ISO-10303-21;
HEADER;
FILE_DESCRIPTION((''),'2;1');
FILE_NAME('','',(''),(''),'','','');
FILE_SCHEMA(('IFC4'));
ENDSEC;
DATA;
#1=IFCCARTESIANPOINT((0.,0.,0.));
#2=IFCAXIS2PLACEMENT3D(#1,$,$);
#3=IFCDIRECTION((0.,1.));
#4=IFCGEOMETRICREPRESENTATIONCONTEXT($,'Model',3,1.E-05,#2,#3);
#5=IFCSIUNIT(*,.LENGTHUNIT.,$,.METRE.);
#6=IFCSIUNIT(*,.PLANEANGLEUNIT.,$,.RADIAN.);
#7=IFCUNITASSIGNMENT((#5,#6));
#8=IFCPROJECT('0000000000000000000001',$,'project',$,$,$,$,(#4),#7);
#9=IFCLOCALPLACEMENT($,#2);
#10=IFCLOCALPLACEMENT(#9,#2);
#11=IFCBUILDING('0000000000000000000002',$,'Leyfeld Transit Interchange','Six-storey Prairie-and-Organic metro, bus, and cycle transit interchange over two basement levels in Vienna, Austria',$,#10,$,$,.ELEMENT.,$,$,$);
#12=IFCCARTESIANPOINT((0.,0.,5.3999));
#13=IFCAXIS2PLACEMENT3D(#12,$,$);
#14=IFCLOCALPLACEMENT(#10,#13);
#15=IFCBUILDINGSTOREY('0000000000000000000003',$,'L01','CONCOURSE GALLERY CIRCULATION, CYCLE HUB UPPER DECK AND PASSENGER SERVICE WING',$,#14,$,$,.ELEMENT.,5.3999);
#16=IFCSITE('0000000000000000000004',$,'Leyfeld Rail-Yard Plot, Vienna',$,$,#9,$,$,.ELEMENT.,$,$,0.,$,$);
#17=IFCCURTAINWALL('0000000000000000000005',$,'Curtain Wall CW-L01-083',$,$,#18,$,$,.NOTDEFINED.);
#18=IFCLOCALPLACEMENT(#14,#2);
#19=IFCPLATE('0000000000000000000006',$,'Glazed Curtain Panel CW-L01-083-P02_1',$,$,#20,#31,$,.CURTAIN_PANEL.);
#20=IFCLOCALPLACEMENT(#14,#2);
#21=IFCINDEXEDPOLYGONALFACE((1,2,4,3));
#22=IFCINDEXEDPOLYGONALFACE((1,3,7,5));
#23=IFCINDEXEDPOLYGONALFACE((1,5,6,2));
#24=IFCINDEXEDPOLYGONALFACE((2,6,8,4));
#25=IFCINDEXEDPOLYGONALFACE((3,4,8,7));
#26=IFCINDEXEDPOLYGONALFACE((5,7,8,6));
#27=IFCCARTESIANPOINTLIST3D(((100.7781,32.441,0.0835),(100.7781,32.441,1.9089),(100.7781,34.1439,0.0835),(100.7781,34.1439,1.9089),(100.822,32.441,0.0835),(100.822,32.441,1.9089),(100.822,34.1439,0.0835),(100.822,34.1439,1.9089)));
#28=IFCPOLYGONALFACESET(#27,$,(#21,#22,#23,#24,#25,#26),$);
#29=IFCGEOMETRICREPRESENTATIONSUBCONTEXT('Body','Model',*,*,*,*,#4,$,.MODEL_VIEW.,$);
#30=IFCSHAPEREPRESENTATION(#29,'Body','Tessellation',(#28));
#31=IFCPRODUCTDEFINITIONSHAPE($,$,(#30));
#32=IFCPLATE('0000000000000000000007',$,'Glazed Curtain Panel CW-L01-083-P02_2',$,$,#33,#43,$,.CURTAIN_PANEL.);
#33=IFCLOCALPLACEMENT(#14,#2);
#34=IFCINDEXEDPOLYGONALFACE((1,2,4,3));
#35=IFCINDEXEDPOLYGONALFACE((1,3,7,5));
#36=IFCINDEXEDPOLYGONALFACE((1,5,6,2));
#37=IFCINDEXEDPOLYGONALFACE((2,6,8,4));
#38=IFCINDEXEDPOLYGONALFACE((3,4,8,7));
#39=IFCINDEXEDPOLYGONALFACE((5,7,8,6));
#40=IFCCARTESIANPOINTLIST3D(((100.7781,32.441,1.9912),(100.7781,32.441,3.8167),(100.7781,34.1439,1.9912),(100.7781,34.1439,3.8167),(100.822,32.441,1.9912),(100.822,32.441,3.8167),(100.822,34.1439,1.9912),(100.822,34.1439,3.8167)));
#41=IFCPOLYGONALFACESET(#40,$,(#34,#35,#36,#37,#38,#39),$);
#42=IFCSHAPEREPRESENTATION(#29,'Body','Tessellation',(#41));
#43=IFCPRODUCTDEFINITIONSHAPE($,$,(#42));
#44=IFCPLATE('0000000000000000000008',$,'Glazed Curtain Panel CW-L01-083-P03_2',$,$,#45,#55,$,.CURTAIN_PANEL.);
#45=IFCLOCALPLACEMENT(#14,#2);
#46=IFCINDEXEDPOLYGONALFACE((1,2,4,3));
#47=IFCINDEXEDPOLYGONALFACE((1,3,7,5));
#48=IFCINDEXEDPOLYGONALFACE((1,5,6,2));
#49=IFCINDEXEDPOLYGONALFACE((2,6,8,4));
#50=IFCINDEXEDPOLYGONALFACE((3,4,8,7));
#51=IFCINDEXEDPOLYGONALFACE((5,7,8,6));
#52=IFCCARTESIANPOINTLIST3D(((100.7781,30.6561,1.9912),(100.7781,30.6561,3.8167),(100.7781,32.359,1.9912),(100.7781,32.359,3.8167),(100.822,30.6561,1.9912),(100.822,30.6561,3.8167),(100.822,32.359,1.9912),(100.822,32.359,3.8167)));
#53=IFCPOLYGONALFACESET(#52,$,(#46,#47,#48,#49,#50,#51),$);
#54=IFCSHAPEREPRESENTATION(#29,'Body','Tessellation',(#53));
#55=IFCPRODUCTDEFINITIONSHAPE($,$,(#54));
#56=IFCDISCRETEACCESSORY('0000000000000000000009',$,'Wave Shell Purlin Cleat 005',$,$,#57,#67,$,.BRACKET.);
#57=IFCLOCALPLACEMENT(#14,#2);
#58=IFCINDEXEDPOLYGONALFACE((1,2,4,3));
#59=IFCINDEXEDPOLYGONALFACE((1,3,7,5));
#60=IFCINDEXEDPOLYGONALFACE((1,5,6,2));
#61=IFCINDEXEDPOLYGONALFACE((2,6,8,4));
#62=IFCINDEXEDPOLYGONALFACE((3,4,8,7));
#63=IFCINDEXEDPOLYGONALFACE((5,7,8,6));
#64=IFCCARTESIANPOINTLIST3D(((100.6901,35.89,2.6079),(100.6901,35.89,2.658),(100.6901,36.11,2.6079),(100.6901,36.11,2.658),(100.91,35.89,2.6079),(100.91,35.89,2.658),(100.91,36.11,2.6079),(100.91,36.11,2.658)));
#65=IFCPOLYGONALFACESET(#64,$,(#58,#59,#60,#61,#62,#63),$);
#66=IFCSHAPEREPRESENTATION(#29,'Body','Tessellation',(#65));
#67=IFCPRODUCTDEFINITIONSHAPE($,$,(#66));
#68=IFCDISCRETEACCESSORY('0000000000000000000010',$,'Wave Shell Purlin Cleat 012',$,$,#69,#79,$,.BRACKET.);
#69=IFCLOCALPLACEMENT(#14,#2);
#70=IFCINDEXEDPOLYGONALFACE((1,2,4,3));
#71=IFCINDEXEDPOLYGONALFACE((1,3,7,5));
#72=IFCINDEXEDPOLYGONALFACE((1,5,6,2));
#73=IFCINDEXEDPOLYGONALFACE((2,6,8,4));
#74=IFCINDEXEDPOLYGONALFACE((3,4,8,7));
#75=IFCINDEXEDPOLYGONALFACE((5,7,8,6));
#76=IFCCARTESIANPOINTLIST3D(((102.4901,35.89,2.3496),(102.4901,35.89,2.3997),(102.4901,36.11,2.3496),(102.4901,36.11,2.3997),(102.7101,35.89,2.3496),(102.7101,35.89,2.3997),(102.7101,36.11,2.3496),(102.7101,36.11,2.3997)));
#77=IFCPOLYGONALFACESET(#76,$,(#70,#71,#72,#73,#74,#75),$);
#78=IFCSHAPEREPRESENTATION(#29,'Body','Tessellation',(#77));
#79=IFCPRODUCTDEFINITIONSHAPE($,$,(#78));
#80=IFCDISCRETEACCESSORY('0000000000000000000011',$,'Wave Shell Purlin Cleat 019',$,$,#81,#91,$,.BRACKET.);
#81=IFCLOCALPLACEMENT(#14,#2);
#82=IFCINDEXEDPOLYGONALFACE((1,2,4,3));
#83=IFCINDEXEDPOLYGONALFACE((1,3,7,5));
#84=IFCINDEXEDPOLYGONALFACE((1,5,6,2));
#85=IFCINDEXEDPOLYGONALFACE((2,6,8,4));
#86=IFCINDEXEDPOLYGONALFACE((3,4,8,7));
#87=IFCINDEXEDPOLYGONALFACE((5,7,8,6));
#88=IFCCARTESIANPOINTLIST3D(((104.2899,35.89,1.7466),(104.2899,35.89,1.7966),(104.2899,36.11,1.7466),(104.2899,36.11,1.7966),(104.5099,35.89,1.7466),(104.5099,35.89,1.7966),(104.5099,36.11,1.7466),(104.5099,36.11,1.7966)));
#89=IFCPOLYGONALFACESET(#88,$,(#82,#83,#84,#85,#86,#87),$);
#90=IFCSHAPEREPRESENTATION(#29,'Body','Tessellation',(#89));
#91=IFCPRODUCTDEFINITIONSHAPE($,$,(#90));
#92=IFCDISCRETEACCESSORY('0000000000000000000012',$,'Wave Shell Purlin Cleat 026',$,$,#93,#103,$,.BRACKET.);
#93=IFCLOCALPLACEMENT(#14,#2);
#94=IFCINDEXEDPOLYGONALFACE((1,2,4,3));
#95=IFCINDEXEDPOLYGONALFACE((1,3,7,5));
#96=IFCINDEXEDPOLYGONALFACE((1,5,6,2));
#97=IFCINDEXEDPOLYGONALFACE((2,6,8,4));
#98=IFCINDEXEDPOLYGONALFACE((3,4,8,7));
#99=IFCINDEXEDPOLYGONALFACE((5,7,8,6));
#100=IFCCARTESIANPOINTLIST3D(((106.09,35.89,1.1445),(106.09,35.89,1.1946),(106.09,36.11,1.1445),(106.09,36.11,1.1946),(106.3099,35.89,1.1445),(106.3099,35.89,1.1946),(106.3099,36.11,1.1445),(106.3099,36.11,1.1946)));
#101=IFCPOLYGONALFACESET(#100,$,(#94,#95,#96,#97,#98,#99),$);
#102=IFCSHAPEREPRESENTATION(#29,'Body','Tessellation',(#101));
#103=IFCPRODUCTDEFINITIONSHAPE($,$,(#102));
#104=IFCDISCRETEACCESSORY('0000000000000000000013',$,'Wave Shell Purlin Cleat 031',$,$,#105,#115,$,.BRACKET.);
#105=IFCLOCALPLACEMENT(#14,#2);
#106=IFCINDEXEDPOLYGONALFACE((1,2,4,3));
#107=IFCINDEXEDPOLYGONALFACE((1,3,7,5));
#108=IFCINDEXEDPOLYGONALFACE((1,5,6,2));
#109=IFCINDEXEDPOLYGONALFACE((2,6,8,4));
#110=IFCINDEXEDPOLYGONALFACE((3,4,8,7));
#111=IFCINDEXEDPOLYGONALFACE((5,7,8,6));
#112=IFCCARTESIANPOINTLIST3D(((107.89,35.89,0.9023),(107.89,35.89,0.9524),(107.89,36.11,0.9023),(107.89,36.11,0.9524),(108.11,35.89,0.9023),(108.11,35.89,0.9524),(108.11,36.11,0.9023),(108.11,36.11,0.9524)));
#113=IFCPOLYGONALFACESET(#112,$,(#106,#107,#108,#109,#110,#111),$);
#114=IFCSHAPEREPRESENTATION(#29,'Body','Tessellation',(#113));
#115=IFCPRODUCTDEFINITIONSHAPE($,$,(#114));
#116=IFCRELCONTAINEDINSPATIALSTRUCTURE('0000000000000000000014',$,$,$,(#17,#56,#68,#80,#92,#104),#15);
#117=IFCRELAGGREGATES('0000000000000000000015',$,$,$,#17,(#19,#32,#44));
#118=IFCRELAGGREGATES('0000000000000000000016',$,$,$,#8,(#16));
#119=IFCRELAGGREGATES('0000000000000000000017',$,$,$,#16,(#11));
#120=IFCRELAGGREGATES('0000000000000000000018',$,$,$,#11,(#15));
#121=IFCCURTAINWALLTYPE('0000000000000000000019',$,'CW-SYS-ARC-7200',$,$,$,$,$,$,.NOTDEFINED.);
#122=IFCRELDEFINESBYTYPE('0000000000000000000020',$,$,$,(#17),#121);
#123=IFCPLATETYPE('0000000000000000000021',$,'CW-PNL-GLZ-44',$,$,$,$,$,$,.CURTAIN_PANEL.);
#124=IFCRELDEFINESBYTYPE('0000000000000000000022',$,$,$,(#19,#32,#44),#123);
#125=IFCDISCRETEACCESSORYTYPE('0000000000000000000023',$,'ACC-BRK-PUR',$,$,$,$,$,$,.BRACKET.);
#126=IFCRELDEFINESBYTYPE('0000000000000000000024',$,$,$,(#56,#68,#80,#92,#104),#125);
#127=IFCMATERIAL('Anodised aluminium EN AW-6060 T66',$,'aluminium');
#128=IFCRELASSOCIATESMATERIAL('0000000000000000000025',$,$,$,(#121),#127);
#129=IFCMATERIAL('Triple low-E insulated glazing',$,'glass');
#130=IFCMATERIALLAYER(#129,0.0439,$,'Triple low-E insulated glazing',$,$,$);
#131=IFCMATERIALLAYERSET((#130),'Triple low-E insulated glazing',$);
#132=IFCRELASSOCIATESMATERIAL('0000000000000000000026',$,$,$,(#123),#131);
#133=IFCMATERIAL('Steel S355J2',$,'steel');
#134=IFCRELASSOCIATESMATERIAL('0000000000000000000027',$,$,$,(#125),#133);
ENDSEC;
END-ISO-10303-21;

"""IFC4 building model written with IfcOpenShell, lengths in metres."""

from ifc_helpers import new_model, si_unit, direction, frame, origin, origin_2d, place, context, subcontext, project, spatial, rectangle, extrude, material, layer, layer_set, type_object, element, aggregate, save


model = new_model("IFC4")

# Units and contexts
model_context = context("Model", 3, precision=1e-05, world=origin(), true_north=direction((0.0, 1.0)))
body_context = subcontext(model_context, "Body", "Model", "MODEL_VIEW")
ifc_project = project(units=[si_unit("LENGTHUNIT", "METRE"), si_unit("PLANEANGLEUNIT", "RADIAN")], contexts=[model_context])

# Site, building, storey
site_placement = place(None, origin())
site = spatial("IfcSite", under=ifc_project, at=site_placement, Name="Leyfeld Rail-Yard Plot, Vienna", CompositionType="ELEMENT", RefElevation=0.0)
building_placement = place(site_placement, origin())
building = spatial("IfcBuilding", under=site, at=building_placement, Name="Leyfeld Transit Interchange", Description="Six-storey Prairie-and-Organic metro, bus, and cycle transit interchange over two basement levels in Vienna, Austria", CompositionType="ELEMENT")
storey_placement = place(building_placement, frame((0.0, 0.0, 5.3999)))
storey = spatial("IfcBuildingStorey", under=building, at=storey_placement, Name="L01", Description="CONCOURSE GALLERY CIRCULATION, CYCLE HUB UPPER DECK AND PASSENGER SERVICE WING", CompositionType="ELEMENT", Elevation=5.3999)

# Curtain wall
ifc_material_1 = material(Name="Anodised aluminium EN AW-6060 T66", Category="aluminium")
curtain_wall_type = type_object("IfcCurtainWallType", Name="CW-SYS-ARC-7200", PredefinedType="NOTDEFINED", material=ifc_material_1)
curtain_wall_1_placement = place(storey_placement, origin())
curtain_wall_1 = element("IfcCurtainWall", 1, at=curtain_wall_1_placement, inside=storey, type_object=curtain_wall_type, Name="Curtain Wall CW-L01-083", PredefinedType="NOTDEFINED")

# Plates
ifc_material_2 = material(Name="Triple low-E insulated glazing", Category="glass")
ifc_layer = layer(ifc_material_2, 0.0439, Name="Triple low-E insulated glazing")
ifc_layer_set = layer_set([ifc_layer], Name="Triple low-E insulated glazing")
plate_type = type_object("IfcPlateType", Name="CW-PNL-GLZ-44", PredefinedType="CURTAIN_PANEL", material=ifc_layer_set)
plate_1_placement = place(storey_placement, frame((100.8, 33.2925, 0.0835), z_axis=(0.0, 0.0, 1.0), x_axis=(0.0, -1.0, 0.0)))
plate_1 = element("IfcPlate", 2, at=plate_1_placement, type_object=plate_type, Name="Glazed Curtain Panel CW-L01-083-P02_1", PredefinedType="CURTAIN_PANEL", context=body_context, shape_type="SweptSolid", body=[
    extrude(rectangle(XDim=1.7029, YDim=0.0439, at=origin_2d()), origin(), (0.0, 0.0, 1.0), 1.8254),
])
plate_2_placement = place(storey_placement, frame((100.8, 33.2925, 1.9912), z_axis=(0.0, 0.0, 1.0), x_axis=(0.0, -1.0, 0.0)))
plate_2 = element("IfcPlate", 3, at=plate_2_placement, type_object=plate_type, Name="Glazed Curtain Panel CW-L01-083-P02_2", PredefinedType="CURTAIN_PANEL", context=body_context, shape_type="SweptSolid", body=[
    extrude(rectangle(XDim=1.7029, YDim=0.0439, at=origin_2d()), origin(), (0.0, 0.0, 1.0), 1.8254),
])
plate_3_placement = place(storey_placement, frame((100.8, 31.5076, 1.9912), z_axis=(0.0, 0.0, 1.0), x_axis=(0.0, -1.0, 0.0)))
plate_3 = element("IfcPlate", 4, at=plate_3_placement, type_object=plate_type, Name="Glazed Curtain Panel CW-L01-083-P03_2", PredefinedType="CURTAIN_PANEL", context=body_context, shape_type="SweptSolid", body=[
    extrude(rectangle(XDim=1.7029, YDim=0.0439, at=origin_2d()), origin(), (0.0, 0.0, 1.0), 1.8254),
])
aggregate(curtain_wall_1, [plate_1, plate_2, plate_3])

# Discrete accessories
ifc_material_3 = material(Name="Steel S355J2", Category="steel")
discrete_accessory_type = type_object("IfcDiscreteAccessoryType", Name="ACC-BRK-PUR", PredefinedType="BRACKET", material=ifc_material_3)
for number, where, z_axis, x_axis, name in (
    (5, (100.8, 36.0, 2.6079), (0.0, 0.0, 1.0), (1.0, 0.0, 0.0), "Wave Shell Purlin Cleat 005"),
    (6, (102.6001, 36.0, 2.3496), (0.0, 0.0, 1.0), (1.0, 0.0, 0.0), "Wave Shell Purlin Cleat 012"),
    (7, (104.3999, 36.0, 1.7466), (0.0, 0.0, 1.0), (1.0, 0.0, 0.0), "Wave Shell Purlin Cleat 019"),
    (8, (106.2, 36.0, 1.1445), (0.0, 0.0, 1.0), (1.0, 0.0, 0.0), "Wave Shell Purlin Cleat 026"),
    (9, (108.0, 36.0, 0.9023), (0.0, 0.0, 1.0), (1.0, 0.0, 0.0), "Wave Shell Purlin Cleat 031"),
):
    element("IfcDiscreteAccessory", number, at=place(storey_placement, frame(where, z_axis=z_axis, x_axis=x_axis)), inside=storey, type_object=discrete_accessory_type, Name=name, PredefinedType="BRACKET", context=body_context, shape_type="SweptSolid", body=[
        extrude(rectangle(XDim=0.22, YDim=0.22, at=origin_2d()), origin(), (0.0, 0.0, 1.0), 0.05),
    ])

save(model, "model.ifc")
